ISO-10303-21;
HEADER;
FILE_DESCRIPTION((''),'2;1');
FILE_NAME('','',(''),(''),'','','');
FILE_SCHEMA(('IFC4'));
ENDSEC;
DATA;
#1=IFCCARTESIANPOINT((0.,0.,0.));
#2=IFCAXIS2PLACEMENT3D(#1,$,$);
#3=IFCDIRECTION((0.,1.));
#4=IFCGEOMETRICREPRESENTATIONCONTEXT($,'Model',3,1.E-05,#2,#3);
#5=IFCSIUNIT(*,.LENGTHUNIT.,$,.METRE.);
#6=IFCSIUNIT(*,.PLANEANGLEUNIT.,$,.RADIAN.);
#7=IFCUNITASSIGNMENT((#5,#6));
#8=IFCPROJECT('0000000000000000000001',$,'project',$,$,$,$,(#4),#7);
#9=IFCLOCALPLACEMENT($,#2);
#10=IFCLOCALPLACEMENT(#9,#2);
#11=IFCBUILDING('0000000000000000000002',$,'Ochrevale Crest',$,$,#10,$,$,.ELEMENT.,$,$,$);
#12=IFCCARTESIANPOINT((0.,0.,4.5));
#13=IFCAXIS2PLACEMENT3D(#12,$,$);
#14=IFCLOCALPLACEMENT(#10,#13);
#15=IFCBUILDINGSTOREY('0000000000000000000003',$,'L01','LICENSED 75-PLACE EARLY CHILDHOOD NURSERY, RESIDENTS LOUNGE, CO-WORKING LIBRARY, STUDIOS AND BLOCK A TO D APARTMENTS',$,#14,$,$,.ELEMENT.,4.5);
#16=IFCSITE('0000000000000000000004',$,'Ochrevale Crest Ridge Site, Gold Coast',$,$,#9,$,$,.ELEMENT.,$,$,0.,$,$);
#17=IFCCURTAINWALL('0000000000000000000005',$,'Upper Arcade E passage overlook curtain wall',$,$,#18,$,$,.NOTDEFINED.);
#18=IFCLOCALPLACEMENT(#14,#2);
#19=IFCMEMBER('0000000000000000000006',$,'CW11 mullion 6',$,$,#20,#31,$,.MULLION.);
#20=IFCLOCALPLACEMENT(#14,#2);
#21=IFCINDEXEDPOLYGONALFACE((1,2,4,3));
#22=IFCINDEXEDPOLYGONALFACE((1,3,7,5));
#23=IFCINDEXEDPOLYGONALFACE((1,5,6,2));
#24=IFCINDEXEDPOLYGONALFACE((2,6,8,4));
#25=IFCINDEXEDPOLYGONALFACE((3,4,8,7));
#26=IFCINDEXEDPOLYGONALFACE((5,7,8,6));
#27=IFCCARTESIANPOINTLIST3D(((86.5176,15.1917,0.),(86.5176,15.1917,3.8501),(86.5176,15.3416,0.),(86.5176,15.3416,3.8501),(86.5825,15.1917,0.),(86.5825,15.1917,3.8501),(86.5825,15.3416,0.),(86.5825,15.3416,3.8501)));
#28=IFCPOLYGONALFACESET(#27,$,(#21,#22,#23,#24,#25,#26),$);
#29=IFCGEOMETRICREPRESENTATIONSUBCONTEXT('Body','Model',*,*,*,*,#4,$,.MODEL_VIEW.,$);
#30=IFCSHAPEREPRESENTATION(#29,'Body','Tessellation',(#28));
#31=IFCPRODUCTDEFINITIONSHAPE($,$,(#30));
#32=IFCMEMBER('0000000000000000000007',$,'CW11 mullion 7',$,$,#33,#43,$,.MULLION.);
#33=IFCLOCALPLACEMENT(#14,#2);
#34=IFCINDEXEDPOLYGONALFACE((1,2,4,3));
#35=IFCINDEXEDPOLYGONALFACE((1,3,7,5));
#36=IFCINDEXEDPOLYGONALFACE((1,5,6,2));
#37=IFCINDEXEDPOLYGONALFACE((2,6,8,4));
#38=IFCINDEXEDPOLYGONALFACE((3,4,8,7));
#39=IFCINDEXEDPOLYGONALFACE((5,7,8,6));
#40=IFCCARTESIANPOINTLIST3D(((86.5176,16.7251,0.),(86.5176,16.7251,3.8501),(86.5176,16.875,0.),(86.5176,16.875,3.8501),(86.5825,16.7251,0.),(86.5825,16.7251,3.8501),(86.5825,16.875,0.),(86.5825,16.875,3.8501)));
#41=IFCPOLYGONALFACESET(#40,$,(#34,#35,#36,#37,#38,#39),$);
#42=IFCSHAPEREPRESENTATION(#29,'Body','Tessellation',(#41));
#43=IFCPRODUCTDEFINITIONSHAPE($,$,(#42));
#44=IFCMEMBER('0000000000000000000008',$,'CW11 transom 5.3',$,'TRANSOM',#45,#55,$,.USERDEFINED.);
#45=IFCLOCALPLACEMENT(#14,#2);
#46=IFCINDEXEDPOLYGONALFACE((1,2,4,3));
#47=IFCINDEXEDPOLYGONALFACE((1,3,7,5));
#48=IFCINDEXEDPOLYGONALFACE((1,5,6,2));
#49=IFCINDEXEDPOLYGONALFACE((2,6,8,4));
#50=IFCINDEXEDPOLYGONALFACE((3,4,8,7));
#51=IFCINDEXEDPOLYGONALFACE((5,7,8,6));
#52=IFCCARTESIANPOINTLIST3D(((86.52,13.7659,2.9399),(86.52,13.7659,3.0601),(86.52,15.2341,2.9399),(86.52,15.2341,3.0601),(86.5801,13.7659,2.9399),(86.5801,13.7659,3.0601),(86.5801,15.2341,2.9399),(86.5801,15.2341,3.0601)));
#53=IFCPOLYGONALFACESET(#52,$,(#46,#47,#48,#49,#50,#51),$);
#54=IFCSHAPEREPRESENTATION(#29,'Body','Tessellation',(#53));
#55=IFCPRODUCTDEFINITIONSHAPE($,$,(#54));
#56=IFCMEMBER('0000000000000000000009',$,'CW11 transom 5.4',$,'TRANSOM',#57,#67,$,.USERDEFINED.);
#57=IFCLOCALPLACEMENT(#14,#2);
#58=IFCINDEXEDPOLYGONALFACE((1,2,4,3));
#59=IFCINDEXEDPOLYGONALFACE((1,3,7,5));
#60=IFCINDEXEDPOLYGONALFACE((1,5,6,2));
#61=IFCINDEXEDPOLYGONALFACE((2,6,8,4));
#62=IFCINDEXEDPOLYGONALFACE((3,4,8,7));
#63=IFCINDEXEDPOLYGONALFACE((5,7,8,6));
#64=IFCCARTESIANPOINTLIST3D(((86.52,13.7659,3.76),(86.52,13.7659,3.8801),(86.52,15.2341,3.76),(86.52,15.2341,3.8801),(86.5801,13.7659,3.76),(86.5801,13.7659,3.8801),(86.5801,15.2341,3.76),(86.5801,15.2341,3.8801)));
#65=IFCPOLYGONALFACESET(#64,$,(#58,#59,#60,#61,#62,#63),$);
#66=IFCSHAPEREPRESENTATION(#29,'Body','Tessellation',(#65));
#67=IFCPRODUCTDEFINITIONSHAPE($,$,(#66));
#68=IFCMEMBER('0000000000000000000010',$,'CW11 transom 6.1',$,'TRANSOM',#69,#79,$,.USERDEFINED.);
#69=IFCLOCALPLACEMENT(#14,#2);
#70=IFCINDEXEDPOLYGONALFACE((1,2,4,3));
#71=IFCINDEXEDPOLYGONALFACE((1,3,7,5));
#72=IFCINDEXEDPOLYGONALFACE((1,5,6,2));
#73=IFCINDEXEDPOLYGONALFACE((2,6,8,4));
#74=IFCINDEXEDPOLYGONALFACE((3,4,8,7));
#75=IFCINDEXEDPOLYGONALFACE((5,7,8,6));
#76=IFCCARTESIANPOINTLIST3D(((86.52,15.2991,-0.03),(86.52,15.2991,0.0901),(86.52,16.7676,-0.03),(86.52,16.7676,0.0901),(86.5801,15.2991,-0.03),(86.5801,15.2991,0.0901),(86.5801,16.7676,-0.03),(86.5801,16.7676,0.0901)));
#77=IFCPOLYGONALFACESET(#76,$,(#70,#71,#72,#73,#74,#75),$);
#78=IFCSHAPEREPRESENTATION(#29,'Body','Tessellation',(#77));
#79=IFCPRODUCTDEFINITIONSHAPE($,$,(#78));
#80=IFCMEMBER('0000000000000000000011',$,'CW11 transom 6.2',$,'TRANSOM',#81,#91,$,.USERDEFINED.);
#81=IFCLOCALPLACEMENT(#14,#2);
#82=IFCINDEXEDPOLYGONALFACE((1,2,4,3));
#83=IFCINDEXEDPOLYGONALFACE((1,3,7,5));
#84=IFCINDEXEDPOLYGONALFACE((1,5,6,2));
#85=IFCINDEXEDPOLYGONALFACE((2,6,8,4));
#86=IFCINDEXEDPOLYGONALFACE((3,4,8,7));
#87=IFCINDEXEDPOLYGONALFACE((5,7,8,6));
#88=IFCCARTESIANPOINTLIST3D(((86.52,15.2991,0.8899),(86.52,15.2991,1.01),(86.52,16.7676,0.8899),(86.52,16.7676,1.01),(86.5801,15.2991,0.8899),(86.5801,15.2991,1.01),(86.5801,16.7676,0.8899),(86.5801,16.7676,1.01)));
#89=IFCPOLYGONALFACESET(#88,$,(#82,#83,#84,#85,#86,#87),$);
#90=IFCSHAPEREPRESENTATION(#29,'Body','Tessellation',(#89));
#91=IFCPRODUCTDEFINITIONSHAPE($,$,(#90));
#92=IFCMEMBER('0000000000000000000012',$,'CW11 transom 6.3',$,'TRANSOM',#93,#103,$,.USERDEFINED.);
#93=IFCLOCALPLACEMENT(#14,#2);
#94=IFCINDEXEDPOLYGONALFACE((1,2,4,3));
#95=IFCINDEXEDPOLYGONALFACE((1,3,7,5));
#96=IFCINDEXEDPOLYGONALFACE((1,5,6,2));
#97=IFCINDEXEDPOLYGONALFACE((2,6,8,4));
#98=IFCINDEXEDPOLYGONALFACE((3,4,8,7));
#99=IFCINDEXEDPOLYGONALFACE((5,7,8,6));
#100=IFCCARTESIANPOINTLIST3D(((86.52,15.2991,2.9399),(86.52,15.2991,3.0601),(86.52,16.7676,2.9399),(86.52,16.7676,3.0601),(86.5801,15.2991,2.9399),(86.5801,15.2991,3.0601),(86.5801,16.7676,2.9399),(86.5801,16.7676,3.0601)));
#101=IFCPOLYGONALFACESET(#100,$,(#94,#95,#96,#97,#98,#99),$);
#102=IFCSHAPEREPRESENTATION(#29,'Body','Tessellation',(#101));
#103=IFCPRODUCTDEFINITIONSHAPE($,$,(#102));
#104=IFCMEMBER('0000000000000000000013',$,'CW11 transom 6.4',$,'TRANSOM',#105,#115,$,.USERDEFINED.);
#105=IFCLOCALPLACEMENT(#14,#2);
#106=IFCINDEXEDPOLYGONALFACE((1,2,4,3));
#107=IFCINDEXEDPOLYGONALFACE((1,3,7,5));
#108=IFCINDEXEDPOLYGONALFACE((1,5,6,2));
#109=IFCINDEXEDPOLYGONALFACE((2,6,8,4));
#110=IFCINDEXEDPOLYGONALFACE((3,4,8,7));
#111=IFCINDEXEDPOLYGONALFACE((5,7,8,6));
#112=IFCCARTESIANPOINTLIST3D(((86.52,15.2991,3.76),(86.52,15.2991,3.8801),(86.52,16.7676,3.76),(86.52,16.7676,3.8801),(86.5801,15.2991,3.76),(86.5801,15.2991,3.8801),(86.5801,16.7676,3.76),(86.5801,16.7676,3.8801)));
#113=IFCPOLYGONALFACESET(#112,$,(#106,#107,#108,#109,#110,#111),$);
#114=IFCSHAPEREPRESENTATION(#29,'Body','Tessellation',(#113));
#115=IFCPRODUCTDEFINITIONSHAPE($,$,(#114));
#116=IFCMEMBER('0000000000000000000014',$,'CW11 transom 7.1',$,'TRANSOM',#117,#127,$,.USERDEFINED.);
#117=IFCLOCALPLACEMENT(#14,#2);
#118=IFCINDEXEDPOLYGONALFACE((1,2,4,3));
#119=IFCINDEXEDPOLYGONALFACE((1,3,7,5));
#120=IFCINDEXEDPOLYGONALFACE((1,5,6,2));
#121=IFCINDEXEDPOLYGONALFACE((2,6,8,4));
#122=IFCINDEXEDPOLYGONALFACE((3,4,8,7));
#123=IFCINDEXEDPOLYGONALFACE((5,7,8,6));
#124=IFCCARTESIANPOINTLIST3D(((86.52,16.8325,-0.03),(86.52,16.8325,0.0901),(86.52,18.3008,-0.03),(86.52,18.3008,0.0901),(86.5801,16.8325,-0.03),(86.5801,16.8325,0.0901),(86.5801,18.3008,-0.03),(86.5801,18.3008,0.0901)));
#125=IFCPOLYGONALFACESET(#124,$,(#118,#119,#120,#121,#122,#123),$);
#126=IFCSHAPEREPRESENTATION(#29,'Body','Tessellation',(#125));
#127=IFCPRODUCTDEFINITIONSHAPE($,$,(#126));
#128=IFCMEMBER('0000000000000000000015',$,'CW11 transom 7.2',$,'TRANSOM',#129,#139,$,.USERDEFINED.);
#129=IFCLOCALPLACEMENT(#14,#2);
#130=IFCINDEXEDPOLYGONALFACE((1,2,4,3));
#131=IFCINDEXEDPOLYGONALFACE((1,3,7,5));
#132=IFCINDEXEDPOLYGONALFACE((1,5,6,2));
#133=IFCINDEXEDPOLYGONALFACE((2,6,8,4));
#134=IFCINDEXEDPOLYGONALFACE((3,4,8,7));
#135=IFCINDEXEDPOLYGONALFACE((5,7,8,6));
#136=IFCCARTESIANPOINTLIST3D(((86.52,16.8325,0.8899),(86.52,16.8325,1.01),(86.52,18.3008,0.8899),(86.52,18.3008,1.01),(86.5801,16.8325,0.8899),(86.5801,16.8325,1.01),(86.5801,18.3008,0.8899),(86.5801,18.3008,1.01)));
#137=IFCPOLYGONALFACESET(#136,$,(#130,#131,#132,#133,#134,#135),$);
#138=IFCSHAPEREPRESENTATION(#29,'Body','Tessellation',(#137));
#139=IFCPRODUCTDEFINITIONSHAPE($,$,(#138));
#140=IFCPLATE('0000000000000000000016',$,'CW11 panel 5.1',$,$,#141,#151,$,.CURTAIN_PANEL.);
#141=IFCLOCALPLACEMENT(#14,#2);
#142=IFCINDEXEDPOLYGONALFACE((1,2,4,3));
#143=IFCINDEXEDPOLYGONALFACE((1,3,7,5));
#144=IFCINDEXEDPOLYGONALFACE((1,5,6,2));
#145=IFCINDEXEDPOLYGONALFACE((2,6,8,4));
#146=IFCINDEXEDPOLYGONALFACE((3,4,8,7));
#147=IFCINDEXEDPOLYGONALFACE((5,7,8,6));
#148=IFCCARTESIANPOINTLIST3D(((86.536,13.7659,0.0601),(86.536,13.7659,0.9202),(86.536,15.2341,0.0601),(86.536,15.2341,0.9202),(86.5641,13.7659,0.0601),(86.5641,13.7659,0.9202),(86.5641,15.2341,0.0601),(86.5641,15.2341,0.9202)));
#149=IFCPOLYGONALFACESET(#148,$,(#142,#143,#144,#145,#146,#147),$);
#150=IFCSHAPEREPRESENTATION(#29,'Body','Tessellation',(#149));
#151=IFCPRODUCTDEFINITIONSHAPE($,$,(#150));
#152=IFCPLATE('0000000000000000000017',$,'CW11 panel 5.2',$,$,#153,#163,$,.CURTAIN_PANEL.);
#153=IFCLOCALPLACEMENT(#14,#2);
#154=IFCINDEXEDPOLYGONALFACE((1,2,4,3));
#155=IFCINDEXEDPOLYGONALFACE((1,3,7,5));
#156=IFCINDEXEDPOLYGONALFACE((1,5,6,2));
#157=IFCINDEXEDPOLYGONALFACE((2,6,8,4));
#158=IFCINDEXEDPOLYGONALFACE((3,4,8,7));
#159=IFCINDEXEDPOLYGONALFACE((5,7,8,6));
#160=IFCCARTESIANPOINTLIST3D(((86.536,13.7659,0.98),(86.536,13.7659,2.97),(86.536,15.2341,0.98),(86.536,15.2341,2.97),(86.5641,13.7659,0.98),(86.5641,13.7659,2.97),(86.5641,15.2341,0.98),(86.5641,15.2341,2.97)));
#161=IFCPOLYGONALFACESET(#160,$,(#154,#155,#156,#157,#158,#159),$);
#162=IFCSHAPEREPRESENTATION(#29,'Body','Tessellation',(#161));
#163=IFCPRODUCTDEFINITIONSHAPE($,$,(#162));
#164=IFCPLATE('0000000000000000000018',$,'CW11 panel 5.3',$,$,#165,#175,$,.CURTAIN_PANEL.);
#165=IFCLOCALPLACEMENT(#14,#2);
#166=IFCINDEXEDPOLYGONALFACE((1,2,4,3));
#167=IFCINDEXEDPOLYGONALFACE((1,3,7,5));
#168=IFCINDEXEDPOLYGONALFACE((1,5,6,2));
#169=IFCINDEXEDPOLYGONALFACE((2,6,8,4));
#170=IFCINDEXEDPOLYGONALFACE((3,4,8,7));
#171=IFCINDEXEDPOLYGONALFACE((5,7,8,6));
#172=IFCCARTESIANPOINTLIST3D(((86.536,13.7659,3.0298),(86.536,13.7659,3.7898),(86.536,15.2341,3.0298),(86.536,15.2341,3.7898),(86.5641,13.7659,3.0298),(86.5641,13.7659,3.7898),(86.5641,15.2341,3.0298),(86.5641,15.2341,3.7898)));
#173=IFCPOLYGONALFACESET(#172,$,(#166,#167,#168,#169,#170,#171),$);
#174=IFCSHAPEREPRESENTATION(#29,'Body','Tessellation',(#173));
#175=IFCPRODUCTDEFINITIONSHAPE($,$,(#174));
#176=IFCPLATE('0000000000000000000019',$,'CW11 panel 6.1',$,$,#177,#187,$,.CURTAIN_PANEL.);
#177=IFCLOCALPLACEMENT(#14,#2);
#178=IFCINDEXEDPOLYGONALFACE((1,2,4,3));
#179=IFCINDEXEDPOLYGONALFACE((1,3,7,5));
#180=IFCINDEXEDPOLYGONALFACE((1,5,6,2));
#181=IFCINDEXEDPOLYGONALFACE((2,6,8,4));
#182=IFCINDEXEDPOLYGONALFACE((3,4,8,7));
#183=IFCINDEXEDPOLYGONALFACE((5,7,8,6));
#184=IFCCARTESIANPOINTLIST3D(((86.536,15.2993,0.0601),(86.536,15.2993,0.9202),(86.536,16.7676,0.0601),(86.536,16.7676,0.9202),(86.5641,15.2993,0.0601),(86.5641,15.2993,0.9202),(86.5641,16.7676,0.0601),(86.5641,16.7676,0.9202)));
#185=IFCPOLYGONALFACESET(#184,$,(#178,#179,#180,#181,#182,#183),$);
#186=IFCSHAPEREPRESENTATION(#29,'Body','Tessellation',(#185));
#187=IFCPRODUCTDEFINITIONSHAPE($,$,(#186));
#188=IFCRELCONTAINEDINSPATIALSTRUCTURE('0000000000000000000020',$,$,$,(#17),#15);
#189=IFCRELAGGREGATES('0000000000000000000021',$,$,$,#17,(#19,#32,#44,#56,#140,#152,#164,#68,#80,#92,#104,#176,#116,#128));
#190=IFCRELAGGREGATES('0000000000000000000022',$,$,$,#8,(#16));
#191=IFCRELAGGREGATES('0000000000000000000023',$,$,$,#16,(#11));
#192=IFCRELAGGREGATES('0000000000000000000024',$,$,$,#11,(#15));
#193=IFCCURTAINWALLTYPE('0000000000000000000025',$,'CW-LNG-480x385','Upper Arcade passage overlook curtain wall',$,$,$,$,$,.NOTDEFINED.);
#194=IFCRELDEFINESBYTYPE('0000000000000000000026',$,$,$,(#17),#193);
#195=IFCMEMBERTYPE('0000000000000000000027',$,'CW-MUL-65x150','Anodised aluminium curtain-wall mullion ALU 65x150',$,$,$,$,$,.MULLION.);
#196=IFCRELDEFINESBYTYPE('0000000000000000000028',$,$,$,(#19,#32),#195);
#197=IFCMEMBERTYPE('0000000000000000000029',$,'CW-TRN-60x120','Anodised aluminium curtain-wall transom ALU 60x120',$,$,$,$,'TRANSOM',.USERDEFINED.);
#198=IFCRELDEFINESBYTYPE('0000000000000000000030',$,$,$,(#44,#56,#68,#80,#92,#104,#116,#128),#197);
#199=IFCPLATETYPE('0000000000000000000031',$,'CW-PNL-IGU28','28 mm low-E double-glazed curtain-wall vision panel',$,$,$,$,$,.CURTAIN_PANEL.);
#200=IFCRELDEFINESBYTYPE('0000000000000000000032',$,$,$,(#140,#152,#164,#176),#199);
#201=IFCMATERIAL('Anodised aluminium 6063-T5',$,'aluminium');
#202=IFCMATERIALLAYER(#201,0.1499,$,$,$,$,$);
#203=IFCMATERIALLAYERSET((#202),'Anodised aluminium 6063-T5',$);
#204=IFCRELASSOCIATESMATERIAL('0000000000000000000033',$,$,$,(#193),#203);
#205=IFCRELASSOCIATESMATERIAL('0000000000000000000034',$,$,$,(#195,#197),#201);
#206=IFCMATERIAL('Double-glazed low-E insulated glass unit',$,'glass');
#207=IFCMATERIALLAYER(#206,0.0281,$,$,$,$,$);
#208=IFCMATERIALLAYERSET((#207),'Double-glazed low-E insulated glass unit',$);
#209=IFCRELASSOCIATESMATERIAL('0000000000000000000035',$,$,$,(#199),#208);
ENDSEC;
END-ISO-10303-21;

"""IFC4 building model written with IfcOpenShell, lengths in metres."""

from ifc_helpers import new_model, si_unit, direction, frame, origin, origin_2d, place, context, subcontext, project, spatial, rectangle, extrude, material, layer, layer_set, material_profile, profile_set, type_object, element, aggregate, save


model = new_model("IFC4")

# Units and contexts
model_context = context("Model", 3, precision=1e-05, world=origin(), true_north=direction((0.0, 1.0)))
body_context = subcontext(model_context, "Body", "Model", "MODEL_VIEW")
ifc_project = project(units=[si_unit("LENGTHUNIT", "METRE"), si_unit("PLANEANGLEUNIT", "RADIAN")], contexts=[model_context])

# Site, building, storey
site_placement = place(None, origin())
site = spatial("IfcSite", under=ifc_project, at=site_placement, Name="Ochrevale Crest Ridge Site, Gold Coast", CompositionType="ELEMENT", RefElevation=0.0)
building_placement = place(site_placement, origin())
building = spatial("IfcBuilding", under=site, at=building_placement, Name="Ochrevale Crest", CompositionType="ELEMENT")
storey_placement = place(building_placement, frame((0.0, 0.0, 4.5)))
storey = spatial("IfcBuildingStorey", under=building, at=storey_placement, Name="L01", Description="LICENSED 75-PLACE EARLY CHILDHOOD NURSERY, RESIDENTS LOUNGE, CO-WORKING LIBRARY, STUDIOS AND BLOCK A TO D APARTMENTS", CompositionType="ELEMENT", Elevation=4.5)

# Curtain wall, members, plates
ifc_material_1 = material(Name="Anodised aluminium 6063-T5", Category="aluminium")
ifc_layer_1 = layer(ifc_material_1, 0.1499)
ifc_layer_set_1 = layer_set([ifc_layer_1], Name="Anodised aluminium 6063-T5")
curtain_wall_type = type_object("IfcCurtainWallType", Name="CW-LNG-480x385", Description="Upper Arcade passage overlook curtain wall", PredefinedType="NOTDEFINED", material=ifc_layer_set_1)
curtain_wall_placement = place(storey_placement, origin())
curtain_wall = element("IfcCurtainWall", 1, at=curtain_wall_placement, inside=storey, type_object=curtain_wall_type, Name="Upper Arcade E passage overlook curtain wall", PredefinedType="NOTDEFINED")
ifc_material_profile_1 = material_profile(ifc_material_1, rectangle(XDim=0.0649, YDim=0.1499, at=origin_2d()), Name="ALU 65x150")
ifc_profile_set_1 = profile_set([ifc_material_profile_1], Name="Anodised aluminium 6063-T5")
member_type_1 = type_object("IfcMemberType", Name="CW-MUL-65x150", Description="Anodised aluminium curtain-wall mullion ALU 65x150", PredefinedType="MULLION", material=ifc_profile_set_1)
member_1_placement = place(storey_placement, frame((86.55, 15.2666, 0.0), z_axis=(0.0, 0.0, 1.0), x_axis=(-1.0, 0.0, 0.0)))
member_1 = element("IfcMember", 2, at=member_1_placement, type_object=member_type_1, Name="CW11 mullion 6", PredefinedType="MULLION", context=body_context, shape_type="SweptSolid", body=[
    extrude(rectangle(XDim=0.0649, YDim=0.1499, at=origin_2d()), origin(), (0.0, 0.0, 1.0), 3.8501),
])
member_2_placement = place(storey_placement, frame((86.55, 16.8, 0.0), z_axis=(0.0, 0.0, 1.0), x_axis=(-1.0, 0.0, 0.0)))
member_2 = element("IfcMember", 3, at=member_2_placement, type_object=member_type_1, Name="CW11 mullion 7", PredefinedType="MULLION", context=body_context, shape_type="SweptSolid", body=[
    extrude(rectangle(XDim=0.0649, YDim=0.1499, at=origin_2d()), origin(), (0.0, 0.0, 1.0), 3.8501),
])
ifc_material_profile_2 = material_profile(ifc_material_1, rectangle(XDim=0.0601, YDim=0.1201, at=origin_2d()), Name="ALU 60x120")
ifc_profile_set_2 = profile_set([ifc_material_profile_2], Name="Anodised aluminium 6063-T5")
member_type_2 = type_object("IfcMemberType", Name="CW-TRN-60x120", Description="Anodised aluminium curtain-wall transom ALU 60x120", ElementType="TRANSOM", PredefinedType="USERDEFINED", material=ifc_profile_set_2)
member_3_placement = place(storey_placement, frame((86.55, 13.7659, 3.0), z_axis=(0.0, 1.0, 0.0), x_axis=(-1.0, 0.0, 0.0)))
member_3 = element("IfcMember", 4, at=member_3_placement, type_object=member_type_2, Name="CW11 transom 5.3", ObjectType="TRANSOM", PredefinedType="USERDEFINED", context=body_context, shape_type="SweptSolid", body=[
    extrude(rectangle(XDim=0.0601, YDim=0.1201, at=origin_2d()), origin(), (0.0, 0.0, 1.0), 1.4683),
])
member_4_placement = place(storey_placement, frame((86.55, 13.7659, 3.8201), z_axis=(0.0, 1.0, 0.0), x_axis=(-1.0, 0.0, 0.0)))
member_4 = element("IfcMember", 5, at=member_4_placement, type_object=member_type_2, Name="CW11 transom 5.4", ObjectType="TRANSOM", PredefinedType="USERDEFINED", context=body_context, shape_type="SweptSolid", body=[
    extrude(rectangle(XDim=0.0601, YDim=0.1201, at=origin_2d()), origin(), (0.0, 0.0, 1.0), 1.4683),
])
member_5_placement = place(storey_placement, frame((86.55, 15.2991, 0.03), z_axis=(0.0, 1.0, 0.0), x_axis=(-1.0, 0.0, 0.0)))
member_5 = element("IfcMember", 6, at=member_5_placement, type_object=member_type_2, Name="CW11 transom 6.1", ObjectType="TRANSOM", PredefinedType="USERDEFINED", context=body_context, shape_type="SweptSolid", body=[
    extrude(rectangle(XDim=0.0601, YDim=0.1201, at=origin_2d()), origin(), (0.0, 0.0, 1.0), 1.4685),
])
member_6_placement = place(storey_placement, frame((86.55, 15.2991, 0.95), z_axis=(0.0, 1.0, 0.0), x_axis=(-1.0, 0.0, 0.0)))
member_6 = element("IfcMember", 7, at=member_6_placement, type_object=member_type_2, Name="CW11 transom 6.2", ObjectType="TRANSOM", PredefinedType="USERDEFINED", context=body_context, shape_type="SweptSolid", body=[
    extrude(rectangle(XDim=0.0601, YDim=0.1201, at=origin_2d()), origin(), (0.0, 0.0, 1.0), 1.4685),
])
member_7_placement = place(storey_placement, frame((86.55, 15.2991, 3.0), z_axis=(0.0, 1.0, 0.0), x_axis=(-1.0, 0.0, 0.0)))
member_7 = element("IfcMember", 8, at=member_7_placement, type_object=member_type_2, Name="CW11 transom 6.3", ObjectType="TRANSOM", PredefinedType="USERDEFINED", context=body_context, shape_type="SweptSolid", body=[
    extrude(rectangle(XDim=0.0601, YDim=0.1201, at=origin_2d()), origin(), (0.0, 0.0, 1.0), 1.4685),
])
member_8_placement = place(storey_placement, frame((86.55, 15.2991, 3.8201), z_axis=(0.0, 1.0, 0.0), x_axis=(-1.0, 0.0, 0.0)))
member_8 = element("IfcMember", 9, at=member_8_placement, type_object=member_type_2, Name="CW11 transom 6.4", ObjectType="TRANSOM", PredefinedType="USERDEFINED", context=body_context, shape_type="SweptSolid", body=[
    extrude(rectangle(XDim=0.0601, YDim=0.1201, at=origin_2d()), origin(), (0.0, 0.0, 1.0), 1.4685),
])
member_9_placement = place(storey_placement, frame((86.55, 16.8325, 0.03), z_axis=(0.0, 1.0, 0.0), x_axis=(-1.0, 0.0, 0.0)))
member_9 = element("IfcMember", 10, at=member_9_placement, type_object=member_type_2, Name="CW11 transom 7.1", ObjectType="TRANSOM", PredefinedType="USERDEFINED", context=body_context, shape_type="SweptSolid", body=[
    extrude(rectangle(XDim=0.0601, YDim=0.1201, at=origin_2d()), origin(), (0.0, 0.0, 1.0), 1.4683),
])
member_10_placement = place(storey_placement, frame((86.55, 16.8325, 0.95), z_axis=(0.0, 1.0, 0.0), x_axis=(-1.0, 0.0, 0.0)))
member_10 = element("IfcMember", 11, at=member_10_placement, type_object=member_type_2, Name="CW11 transom 7.2", ObjectType="TRANSOM", PredefinedType="USERDEFINED", context=body_context, shape_type="SweptSolid", body=[
    extrude(rectangle(XDim=0.0601, YDim=0.1201, at=origin_2d()), origin(), (0.0, 0.0, 1.0), 1.4683),
])
ifc_material_2 = material(Name="Double-glazed low-E insulated glass unit", Category="glass")
ifc_layer_2 = layer(ifc_material_2, 0.0281)
ifc_layer_set_2 = layer_set([ifc_layer_2], Name="Double-glazed low-E insulated glass unit")
plate_type = type_object("IfcPlateType", Name="CW-PNL-IGU28", Description="28 mm low-E double-glazed curtain-wall vision panel", PredefinedType="CURTAIN_PANEL", material=ifc_layer_set_2)
plate_1_placement = place(storey_placement, frame((86.55, 14.5, 0.0601), z_axis=(0.0, 0.0, 1.0), x_axis=(0.0, 1.0, 0.0)))
plate_1 = element("IfcPlate", 12, at=plate_1_placement, type_object=plate_type, Name="CW11 panel 5.1", PredefinedType="CURTAIN_PANEL", context=body_context, shape_type="SweptSolid", body=[
    extrude(rectangle(XDim=1.4683, YDim=0.0281, at=origin_2d()), origin(), (0.0, 0.0, 1.0), 0.8601),
])
plate_2_placement = place(storey_placement, frame((86.55, 14.5, 0.98), z_axis=(0.0, 0.0, 1.0), x_axis=(0.0, 1.0, 0.0)))
plate_2 = element("IfcPlate", 13, at=plate_2_placement, type_object=plate_type, Name="CW11 panel 5.2", PredefinedType="CURTAIN_PANEL", context=body_context, shape_type="SweptSolid", body=[
    extrude(rectangle(XDim=1.4683, YDim=0.0281, at=origin_2d()), origin(), (0.0, 0.0, 1.0), 1.99),
])
plate_3_placement = place(storey_placement, frame((86.55, 14.5, 3.0298), z_axis=(0.0, 0.0, 1.0), x_axis=(0.0, 1.0, 0.0)))
plate_3 = element("IfcPlate", 14, at=plate_3_placement, type_object=plate_type, Name="CW11 panel 5.3", PredefinedType="CURTAIN_PANEL", context=body_context, shape_type="SweptSolid", body=[
    extrude(rectangle(XDim=1.4683, YDim=0.0281, at=origin_2d()), origin(), (0.0, 0.0, 1.0), 0.76),
])
plate_4_placement = place(storey_placement, frame((86.55, 16.0334, 0.0601), z_axis=(0.0, 0.0, 1.0), x_axis=(0.0, 1.0, 0.0)))
plate_4 = element("IfcPlate", 15, at=plate_4_placement, type_object=plate_type, Name="CW11 panel 6.1", PredefinedType="CURTAIN_PANEL", context=body_context, shape_type="SweptSolid", body=[
    extrude(rectangle(XDim=1.4683, YDim=0.0281, at=origin_2d()), origin(), (0.0, 0.0, 1.0), 0.8601),
])
aggregate(curtain_wall, [member_1, member_2, member_3, member_4, plate_1, plate_2, plate_3, member_5, member_6, member_7, member_8, plate_4, member_9, member_10])

save(model, "model.ifc")
